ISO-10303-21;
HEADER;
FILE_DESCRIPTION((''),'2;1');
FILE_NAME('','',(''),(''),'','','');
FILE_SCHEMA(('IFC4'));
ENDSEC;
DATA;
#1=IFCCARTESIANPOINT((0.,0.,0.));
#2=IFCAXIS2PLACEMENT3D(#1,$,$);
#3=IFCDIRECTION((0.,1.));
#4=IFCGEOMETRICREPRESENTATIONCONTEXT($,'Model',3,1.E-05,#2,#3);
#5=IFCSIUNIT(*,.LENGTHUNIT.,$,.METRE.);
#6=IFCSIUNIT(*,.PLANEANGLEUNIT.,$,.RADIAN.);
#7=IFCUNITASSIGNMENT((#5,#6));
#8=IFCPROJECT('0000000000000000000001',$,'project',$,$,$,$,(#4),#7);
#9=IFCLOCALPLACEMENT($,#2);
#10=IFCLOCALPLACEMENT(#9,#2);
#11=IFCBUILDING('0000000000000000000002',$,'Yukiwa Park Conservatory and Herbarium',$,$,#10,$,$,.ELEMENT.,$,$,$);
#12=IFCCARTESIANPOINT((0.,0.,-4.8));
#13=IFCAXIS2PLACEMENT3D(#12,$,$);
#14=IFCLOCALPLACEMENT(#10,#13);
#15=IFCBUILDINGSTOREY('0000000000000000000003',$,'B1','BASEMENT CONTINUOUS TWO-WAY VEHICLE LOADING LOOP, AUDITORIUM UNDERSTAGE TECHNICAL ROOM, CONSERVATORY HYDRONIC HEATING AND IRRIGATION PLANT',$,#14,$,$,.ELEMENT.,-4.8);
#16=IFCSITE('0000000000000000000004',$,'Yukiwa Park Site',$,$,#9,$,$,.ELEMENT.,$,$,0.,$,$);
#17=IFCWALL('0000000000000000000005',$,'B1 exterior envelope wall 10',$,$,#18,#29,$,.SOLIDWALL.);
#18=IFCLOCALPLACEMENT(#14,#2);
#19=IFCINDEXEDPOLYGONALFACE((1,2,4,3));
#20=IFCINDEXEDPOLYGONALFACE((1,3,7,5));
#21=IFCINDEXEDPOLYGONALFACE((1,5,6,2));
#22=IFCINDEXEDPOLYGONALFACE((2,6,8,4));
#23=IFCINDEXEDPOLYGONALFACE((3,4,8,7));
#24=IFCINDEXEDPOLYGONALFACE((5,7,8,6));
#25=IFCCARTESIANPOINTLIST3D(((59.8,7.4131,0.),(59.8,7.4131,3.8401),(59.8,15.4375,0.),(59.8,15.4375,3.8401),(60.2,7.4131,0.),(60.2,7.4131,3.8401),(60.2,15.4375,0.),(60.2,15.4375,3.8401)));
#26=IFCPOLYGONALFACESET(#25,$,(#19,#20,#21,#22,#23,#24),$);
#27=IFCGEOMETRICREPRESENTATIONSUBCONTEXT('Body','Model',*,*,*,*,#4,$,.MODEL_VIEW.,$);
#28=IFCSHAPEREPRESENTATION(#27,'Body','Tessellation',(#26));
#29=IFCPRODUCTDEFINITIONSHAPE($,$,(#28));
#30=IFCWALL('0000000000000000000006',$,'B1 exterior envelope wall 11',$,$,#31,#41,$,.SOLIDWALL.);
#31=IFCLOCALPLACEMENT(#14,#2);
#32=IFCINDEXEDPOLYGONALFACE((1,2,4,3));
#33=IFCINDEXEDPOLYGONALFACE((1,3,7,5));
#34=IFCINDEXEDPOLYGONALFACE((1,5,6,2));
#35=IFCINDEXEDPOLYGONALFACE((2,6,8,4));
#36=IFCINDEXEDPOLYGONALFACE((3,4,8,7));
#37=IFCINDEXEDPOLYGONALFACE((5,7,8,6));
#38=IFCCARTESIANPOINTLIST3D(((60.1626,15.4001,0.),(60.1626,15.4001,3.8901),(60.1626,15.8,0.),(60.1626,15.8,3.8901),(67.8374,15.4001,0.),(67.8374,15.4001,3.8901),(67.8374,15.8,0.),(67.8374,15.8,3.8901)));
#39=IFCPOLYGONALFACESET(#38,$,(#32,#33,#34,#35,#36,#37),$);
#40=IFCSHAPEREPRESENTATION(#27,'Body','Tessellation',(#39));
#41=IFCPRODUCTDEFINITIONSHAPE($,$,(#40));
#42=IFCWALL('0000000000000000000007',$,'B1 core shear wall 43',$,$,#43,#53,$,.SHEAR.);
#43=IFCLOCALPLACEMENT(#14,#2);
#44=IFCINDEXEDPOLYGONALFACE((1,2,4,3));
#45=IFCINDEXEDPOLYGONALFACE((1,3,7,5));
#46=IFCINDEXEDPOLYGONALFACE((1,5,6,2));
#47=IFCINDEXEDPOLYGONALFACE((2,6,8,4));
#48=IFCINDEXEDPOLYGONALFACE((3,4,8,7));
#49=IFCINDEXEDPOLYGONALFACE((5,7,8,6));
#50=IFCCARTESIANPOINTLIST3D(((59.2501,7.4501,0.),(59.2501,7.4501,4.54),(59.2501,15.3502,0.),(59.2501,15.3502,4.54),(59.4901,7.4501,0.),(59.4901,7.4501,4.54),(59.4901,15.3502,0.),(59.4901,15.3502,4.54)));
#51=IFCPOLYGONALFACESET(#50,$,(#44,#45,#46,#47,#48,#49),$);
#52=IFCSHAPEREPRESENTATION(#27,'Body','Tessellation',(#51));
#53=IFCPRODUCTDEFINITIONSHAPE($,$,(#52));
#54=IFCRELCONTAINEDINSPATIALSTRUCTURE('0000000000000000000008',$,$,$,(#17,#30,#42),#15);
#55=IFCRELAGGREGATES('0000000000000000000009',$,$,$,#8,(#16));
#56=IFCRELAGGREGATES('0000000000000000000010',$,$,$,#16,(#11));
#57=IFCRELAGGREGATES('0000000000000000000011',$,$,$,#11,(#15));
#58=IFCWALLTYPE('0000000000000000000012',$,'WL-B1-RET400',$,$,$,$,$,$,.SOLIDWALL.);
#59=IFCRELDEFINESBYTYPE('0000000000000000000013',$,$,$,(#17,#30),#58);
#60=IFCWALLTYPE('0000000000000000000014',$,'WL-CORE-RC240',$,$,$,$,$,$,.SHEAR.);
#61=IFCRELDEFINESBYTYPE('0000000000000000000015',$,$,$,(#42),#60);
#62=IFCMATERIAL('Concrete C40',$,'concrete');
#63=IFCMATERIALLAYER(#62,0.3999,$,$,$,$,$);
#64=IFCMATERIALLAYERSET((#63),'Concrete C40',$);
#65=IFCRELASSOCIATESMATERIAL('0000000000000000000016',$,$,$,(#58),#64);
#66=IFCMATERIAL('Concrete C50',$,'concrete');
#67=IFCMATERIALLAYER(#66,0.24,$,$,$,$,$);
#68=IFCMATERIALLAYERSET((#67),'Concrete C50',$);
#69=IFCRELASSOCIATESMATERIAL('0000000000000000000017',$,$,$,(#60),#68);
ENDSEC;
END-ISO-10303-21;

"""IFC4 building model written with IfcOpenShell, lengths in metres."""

from ifc_helpers import new_model, si_unit, direction, frame, frame_2d, origin, place, context, subcontext, project, spatial, rectangle, extrude, material, layer, layer_set, type_object, element, save


model = new_model("IFC4")

# Units and contexts
model_context = context("Model", 3, precision=1e-05, world=origin(), true_north=direction((0.0, 1.0)))
body_context = subcontext(model_context, "Body", "Model", "MODEL_VIEW")
ifc_project = project(units=[si_unit("LENGTHUNIT", "METRE"), si_unit("PLANEANGLEUNIT", "RADIAN")], contexts=[model_context])

# Site, building, storey
site_placement = place(None, origin())
site = spatial("IfcSite", under=ifc_project, at=site_placement, Name="Yukiwa Park Site", CompositionType="ELEMENT", RefElevation=0.0)
building_placement = place(site_placement, origin())
building = spatial("IfcBuilding", under=site, at=building_placement, Name="Yukiwa Park Conservatory and Herbarium", CompositionType="ELEMENT")
storey_placement = place(building_placement, frame((0.0, 0.0, -4.8)))
storey = spatial("IfcBuildingStorey", under=building, at=storey_placement, Name="B1", Description="BASEMENT CONTINUOUS TWO-WAY VEHICLE LOADING LOOP, AUDITORIUM UNDERSTAGE TECHNICAL ROOM, CONSERVATORY HYDRONIC HEATING AND IRRIGATION PLANT", CompositionType="ELEMENT", Elevation=-4.8)

# Walls
ifc_material_1 = material(Name="Concrete C40", Category="concrete")
ifc_layer_1 = layer(ifc_material_1, 0.3999)
ifc_layer_set_1 = layer_set([ifc_layer_1], Name="Concrete C40")
wall_type_1 = type_object("IfcWallType", Name="WL-B1-RET400", PredefinedType="SOLIDWALL", material=ifc_layer_set_1)
wall_1_placement = place(storey_placement, frame((60.0, 7.4131, 0.0), z_axis=(0.0, 0.0, 1.0), x_axis=(0.0, 1.0, 0.0)))
element("IfcWall", 1, at=wall_1_placement, inside=storey, type_object=wall_type_1, Name="B1 exterior envelope wall 10", PredefinedType="SOLIDWALL", context=body_context, shape_type="SweptSolid", body=[
    extrude(rectangle(XDim=8.0244, YDim=0.3999, at=frame_2d((4.0122, 0.0))), origin(), (0.0, 0.0, 1.0), 3.8401),
])
wall_2_placement = place(storey_placement, frame((60.1626, 15.6001, 0.0), z_axis=(0.0, 0.0, 1.0), x_axis=(1.0, 0.0, 0.0)))
element("IfcWall", 2, at=wall_2_placement, inside=storey, type_object=wall_type_1, Name="B1 exterior envelope wall 11", PredefinedType="SOLIDWALL", context=body_context, shape_type="SweptSolid", body=[
    extrude(rectangle(XDim=7.6748, YDim=0.3999, at=frame_2d((3.8374, 0.0))), origin(), (0.0, 0.0, 1.0), 3.8901),
])
ifc_material_2 = material(Name="Concrete C50", Category="concrete")
ifc_layer_2 = layer(ifc_material_2, 0.24)
ifc_layer_set_2 = layer_set([ifc_layer_2], Name="Concrete C50")
wall_type_2 = type_object("IfcWallType", Name="WL-CORE-RC240", PredefinedType="SHEAR", material=ifc_layer_set_2)
wall_3_placement = place(storey_placement, frame((59.3701, 7.45, 0.0), z_axis=(0.0, 0.0, 1.0), x_axis=(0.0, 1.0, 0.0)))
element("IfcWall", 3, at=wall_3_placement, inside=storey, type_object=wall_type_2, Name="B1 core shear wall 43", PredefinedType="SHEAR", context=body_context, shape_type="SweptSolid", body=[
    extrude(rectangle(XDim=7.9001, YDim=0.24, at=frame_2d((3.9502, 0.0))), origin(), (0.0, 0.0, 1.0), 4.54),
])

save(model, "model.ifc")
